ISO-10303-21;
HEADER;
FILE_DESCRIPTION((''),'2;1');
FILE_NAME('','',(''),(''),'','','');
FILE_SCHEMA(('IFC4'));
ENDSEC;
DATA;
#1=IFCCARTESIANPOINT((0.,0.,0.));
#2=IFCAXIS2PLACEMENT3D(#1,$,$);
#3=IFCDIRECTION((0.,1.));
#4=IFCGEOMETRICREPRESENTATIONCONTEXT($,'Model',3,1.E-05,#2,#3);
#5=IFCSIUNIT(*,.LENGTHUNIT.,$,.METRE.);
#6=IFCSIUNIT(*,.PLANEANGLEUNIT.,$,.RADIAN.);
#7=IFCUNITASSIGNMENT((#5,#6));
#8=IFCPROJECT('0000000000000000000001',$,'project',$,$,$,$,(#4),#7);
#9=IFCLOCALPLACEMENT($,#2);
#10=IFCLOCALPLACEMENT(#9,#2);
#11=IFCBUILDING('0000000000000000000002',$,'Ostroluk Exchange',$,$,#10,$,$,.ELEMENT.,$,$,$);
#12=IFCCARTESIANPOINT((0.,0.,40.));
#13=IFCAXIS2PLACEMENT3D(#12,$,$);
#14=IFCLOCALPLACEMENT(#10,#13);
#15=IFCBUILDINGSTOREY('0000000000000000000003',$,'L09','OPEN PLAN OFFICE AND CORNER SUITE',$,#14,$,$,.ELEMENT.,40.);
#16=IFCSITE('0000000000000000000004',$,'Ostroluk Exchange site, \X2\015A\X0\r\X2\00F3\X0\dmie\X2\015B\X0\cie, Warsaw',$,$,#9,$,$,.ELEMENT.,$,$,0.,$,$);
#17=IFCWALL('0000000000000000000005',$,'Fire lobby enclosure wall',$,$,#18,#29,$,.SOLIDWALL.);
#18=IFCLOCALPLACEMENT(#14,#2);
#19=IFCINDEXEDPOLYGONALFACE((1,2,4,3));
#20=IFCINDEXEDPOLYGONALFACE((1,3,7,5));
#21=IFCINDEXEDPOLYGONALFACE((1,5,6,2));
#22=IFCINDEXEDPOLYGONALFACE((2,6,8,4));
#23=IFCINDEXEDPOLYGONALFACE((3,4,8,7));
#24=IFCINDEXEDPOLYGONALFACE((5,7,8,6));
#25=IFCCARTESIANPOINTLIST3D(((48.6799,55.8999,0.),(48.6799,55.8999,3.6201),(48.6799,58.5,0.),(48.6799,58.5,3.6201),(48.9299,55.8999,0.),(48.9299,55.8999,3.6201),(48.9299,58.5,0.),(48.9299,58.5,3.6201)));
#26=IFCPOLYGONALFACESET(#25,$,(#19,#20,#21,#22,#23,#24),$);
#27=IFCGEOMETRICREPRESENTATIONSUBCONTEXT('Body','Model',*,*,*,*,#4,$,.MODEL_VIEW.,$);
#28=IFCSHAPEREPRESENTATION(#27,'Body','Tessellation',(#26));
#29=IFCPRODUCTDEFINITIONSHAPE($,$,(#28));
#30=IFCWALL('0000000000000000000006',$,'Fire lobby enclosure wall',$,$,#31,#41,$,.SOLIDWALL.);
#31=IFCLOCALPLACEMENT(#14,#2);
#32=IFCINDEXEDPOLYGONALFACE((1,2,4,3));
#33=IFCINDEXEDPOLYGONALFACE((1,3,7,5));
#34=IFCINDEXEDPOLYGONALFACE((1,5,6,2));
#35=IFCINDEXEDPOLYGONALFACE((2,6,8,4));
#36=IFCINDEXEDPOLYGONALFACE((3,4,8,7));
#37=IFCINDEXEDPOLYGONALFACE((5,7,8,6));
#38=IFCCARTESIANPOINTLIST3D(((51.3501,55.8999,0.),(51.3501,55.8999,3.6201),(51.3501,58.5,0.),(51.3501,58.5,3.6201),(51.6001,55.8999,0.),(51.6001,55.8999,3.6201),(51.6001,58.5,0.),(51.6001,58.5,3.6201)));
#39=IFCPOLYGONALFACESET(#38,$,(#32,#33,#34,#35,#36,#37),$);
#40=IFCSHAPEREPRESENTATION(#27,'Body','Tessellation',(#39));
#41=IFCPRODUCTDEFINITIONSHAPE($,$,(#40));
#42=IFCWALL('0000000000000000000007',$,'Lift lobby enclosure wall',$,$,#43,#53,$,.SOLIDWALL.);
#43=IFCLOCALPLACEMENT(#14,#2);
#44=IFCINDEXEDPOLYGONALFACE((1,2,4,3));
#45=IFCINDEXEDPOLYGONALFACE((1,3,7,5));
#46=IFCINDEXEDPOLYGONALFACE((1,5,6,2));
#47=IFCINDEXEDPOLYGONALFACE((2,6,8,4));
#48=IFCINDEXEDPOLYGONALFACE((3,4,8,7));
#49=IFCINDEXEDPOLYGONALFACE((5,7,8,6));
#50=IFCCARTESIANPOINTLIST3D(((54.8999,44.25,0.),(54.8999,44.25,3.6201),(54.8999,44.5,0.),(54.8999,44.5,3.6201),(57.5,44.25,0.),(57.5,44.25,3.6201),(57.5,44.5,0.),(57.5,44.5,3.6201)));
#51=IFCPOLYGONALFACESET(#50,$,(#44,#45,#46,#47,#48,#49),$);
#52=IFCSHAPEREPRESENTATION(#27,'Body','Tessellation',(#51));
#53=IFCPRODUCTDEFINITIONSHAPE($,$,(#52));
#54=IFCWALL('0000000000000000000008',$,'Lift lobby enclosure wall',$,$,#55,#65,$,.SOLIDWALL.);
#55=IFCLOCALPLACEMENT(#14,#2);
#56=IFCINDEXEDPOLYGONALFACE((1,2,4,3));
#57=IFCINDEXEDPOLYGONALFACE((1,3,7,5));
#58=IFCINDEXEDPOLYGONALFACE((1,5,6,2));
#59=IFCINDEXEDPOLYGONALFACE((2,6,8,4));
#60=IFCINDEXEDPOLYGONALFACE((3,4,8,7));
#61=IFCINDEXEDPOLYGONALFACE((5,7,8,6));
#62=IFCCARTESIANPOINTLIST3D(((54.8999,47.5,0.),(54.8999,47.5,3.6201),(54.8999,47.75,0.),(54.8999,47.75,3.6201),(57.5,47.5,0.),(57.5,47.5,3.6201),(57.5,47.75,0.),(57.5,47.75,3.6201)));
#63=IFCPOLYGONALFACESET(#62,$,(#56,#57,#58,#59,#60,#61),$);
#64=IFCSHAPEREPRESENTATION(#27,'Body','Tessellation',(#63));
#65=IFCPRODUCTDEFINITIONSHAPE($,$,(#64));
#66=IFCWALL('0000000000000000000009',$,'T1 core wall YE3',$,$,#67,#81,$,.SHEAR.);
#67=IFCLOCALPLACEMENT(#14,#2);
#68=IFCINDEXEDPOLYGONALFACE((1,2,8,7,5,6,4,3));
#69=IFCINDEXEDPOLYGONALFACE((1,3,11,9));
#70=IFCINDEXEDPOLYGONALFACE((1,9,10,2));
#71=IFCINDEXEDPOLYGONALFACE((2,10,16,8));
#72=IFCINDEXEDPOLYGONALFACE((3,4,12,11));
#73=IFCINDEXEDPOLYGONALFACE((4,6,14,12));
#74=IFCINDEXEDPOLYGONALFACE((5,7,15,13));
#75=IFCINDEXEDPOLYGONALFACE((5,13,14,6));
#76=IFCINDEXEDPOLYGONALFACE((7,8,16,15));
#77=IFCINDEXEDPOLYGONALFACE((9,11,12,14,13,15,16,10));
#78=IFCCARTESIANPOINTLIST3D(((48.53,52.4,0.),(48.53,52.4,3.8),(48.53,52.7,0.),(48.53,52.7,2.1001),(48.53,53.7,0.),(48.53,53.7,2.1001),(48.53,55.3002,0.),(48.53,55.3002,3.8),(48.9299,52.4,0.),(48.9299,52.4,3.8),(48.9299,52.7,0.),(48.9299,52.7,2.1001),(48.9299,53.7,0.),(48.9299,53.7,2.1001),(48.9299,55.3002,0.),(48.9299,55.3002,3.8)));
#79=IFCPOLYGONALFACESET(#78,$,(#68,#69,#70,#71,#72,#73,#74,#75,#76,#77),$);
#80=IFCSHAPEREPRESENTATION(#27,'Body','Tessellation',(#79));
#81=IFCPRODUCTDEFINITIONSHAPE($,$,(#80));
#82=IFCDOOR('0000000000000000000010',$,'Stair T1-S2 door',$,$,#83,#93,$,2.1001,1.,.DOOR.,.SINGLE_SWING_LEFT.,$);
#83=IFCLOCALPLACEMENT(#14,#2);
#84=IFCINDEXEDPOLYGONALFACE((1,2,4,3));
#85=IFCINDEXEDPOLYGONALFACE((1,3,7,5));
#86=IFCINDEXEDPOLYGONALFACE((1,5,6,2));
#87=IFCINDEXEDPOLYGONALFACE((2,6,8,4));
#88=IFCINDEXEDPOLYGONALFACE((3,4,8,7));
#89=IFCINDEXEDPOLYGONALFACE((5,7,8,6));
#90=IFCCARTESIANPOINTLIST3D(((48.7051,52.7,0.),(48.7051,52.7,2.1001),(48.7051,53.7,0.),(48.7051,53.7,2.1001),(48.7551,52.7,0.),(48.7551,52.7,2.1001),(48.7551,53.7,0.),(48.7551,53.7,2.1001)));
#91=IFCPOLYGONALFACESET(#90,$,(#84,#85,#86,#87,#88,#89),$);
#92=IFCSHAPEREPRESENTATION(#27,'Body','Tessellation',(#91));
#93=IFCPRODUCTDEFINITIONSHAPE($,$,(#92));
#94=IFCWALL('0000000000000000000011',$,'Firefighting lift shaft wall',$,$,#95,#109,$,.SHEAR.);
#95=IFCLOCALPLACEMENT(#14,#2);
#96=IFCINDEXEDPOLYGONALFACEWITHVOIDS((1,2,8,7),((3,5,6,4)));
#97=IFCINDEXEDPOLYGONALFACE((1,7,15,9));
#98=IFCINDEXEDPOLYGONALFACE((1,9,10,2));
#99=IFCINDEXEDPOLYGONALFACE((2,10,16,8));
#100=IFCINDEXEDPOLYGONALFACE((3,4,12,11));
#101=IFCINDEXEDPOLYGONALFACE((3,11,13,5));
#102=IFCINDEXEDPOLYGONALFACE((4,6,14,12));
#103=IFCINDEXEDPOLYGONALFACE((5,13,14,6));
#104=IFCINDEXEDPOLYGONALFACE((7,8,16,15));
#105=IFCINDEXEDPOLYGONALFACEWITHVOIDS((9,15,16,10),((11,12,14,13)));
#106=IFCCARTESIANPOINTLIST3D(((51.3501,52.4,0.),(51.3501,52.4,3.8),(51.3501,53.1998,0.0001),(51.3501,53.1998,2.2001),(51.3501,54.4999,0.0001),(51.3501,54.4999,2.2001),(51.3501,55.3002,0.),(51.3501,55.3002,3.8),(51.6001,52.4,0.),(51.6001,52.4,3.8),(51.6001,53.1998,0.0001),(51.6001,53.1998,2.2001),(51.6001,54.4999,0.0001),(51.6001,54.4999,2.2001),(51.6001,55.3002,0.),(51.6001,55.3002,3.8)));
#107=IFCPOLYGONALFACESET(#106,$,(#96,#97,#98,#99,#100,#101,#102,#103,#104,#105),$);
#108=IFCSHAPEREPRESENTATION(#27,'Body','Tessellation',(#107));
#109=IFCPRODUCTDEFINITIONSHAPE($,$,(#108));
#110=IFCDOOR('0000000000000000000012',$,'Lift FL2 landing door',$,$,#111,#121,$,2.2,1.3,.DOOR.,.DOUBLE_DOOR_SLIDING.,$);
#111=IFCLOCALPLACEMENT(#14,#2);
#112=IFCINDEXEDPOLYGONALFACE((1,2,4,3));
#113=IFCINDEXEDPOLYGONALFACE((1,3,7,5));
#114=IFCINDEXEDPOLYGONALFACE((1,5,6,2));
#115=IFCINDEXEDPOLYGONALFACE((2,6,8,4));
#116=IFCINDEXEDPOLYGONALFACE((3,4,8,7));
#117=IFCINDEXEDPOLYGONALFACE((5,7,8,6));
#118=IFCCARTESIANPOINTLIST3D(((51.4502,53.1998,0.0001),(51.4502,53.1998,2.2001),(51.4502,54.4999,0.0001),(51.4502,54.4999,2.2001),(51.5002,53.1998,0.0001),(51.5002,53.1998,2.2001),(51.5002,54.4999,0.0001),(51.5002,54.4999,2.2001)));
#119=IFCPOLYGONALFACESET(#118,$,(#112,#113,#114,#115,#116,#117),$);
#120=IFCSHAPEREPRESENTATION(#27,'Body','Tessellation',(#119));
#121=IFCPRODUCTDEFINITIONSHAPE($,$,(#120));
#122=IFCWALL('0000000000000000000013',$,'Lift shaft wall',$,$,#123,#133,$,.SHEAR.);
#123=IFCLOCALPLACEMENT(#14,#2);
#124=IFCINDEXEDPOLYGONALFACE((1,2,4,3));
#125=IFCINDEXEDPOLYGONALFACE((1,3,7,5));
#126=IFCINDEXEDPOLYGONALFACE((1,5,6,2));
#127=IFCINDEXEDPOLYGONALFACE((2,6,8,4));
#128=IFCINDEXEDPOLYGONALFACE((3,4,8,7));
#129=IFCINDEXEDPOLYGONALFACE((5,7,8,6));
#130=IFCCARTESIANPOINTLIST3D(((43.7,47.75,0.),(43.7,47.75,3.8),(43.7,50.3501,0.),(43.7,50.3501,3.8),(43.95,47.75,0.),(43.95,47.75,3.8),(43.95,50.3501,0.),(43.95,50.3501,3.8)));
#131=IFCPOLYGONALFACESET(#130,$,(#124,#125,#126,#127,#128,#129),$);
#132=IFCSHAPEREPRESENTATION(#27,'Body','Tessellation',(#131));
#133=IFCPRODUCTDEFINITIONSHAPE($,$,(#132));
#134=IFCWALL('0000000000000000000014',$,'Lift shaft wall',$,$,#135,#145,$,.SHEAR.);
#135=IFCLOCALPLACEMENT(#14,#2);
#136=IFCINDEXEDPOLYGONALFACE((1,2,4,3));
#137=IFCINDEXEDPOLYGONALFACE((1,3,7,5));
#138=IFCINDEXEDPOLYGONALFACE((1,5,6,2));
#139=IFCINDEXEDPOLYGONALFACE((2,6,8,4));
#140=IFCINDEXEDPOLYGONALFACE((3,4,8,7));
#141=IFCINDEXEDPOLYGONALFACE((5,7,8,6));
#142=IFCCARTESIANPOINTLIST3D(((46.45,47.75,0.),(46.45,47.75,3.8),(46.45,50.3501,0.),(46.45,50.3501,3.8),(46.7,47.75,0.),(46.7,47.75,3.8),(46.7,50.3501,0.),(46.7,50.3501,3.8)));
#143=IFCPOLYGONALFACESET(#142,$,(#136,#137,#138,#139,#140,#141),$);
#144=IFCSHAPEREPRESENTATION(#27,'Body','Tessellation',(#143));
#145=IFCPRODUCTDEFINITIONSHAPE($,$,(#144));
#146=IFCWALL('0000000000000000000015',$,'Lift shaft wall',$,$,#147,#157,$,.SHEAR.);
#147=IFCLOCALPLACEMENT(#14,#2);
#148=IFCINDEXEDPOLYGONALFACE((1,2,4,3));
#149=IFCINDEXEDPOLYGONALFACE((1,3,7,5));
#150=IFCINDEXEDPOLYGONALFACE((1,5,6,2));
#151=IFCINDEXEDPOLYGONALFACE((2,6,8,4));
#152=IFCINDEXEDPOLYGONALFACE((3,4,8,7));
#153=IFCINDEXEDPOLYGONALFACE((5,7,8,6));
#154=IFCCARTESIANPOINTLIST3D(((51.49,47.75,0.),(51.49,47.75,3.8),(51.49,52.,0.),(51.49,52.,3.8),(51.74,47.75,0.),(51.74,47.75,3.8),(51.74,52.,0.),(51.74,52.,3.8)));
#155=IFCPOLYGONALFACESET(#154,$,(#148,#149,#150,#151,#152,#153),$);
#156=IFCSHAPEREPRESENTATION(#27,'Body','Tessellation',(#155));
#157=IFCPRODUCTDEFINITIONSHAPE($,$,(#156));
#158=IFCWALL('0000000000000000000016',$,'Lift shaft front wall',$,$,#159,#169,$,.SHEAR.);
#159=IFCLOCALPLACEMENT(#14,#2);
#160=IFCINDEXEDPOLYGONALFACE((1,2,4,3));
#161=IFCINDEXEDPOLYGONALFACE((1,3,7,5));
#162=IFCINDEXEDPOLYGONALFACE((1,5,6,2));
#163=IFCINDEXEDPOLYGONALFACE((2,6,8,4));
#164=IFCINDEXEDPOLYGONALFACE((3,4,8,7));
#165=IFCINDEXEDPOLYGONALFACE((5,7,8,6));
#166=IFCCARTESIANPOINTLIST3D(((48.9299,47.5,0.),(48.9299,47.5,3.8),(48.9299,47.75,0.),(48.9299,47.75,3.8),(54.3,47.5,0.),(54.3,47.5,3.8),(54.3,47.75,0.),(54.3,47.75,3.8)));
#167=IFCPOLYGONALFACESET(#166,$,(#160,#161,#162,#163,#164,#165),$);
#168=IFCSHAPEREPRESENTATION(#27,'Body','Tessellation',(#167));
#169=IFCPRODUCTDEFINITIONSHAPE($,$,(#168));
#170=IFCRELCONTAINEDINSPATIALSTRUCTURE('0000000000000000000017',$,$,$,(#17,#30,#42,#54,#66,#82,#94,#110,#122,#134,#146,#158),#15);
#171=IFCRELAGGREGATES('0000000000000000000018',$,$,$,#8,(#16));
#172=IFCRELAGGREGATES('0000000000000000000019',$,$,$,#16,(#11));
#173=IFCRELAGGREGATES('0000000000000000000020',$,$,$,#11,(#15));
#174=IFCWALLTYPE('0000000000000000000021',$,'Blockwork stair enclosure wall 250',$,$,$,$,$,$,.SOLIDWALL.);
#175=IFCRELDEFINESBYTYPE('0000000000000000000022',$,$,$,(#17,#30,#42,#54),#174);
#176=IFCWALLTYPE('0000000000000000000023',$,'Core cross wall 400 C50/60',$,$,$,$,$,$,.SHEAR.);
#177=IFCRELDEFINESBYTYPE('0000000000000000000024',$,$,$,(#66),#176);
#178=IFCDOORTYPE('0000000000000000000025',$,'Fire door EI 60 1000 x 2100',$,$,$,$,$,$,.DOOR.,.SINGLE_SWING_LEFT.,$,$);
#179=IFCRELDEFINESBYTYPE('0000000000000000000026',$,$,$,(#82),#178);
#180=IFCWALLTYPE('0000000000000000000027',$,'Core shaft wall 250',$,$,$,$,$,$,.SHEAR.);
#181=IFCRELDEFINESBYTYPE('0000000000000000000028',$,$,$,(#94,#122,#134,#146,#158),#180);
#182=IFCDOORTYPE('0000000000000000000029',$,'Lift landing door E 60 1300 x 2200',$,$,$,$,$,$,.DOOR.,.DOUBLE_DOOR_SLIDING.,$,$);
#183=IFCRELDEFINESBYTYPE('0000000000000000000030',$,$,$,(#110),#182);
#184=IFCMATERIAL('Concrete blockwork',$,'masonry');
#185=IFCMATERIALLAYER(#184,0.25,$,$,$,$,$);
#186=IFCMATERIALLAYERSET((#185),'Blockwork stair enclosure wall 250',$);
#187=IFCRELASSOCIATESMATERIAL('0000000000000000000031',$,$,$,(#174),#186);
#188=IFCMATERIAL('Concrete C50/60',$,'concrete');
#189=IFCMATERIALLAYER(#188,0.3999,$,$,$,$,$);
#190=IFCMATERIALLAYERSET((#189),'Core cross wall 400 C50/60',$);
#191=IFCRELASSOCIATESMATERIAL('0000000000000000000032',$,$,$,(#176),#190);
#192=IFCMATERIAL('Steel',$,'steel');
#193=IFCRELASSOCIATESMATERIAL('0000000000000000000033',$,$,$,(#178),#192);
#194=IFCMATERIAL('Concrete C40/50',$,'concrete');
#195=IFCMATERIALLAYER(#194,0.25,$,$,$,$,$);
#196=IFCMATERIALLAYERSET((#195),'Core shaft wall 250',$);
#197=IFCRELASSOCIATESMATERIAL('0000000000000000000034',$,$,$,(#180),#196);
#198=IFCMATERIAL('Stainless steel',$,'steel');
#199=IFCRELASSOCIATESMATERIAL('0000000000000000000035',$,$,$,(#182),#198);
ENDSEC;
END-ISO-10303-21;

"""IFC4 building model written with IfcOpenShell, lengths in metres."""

from ifc_helpers import new_model, si_unit, direction, frame, frame_2d, origin, place, context, subcontext, project, spatial, rectangle, extrude, material, layer, layer_set, type_object, element, fill, save


model = new_model("IFC4")

# Units and contexts
model_context = context("Model", 3, precision=1e-05, world=origin(), true_north=direction((0.0, 1.0)))
body_context = subcontext(model_context, "Body", "Model", "MODEL_VIEW")
ifc_project = project(units=[si_unit("LENGTHUNIT", "METRE"), si_unit("PLANEANGLEUNIT", "RADIAN")], contexts=[model_context])

# Site, building, storey
site_placement = place(None, origin())
site = spatial("IfcSite", under=ifc_project, at=site_placement, Name="Ostroluk Exchange site, Śródmieście, Warsaw", CompositionType="ELEMENT", RefElevation=0.0)
building_placement = place(site_placement, origin())
building = spatial("IfcBuilding", under=site, at=building_placement, Name="Ostroluk Exchange", CompositionType="ELEMENT")
storey_placement = place(building_placement, frame((0.0, 0.0, 40.0)))
storey = spatial("IfcBuildingStorey", under=building, at=storey_placement, Name="L09", Description="OPEN PLAN OFFICE AND CORNER SUITE", CompositionType="ELEMENT", Elevation=40.0)

# Walls
ifc_material_1 = material(Name="Concrete blockwork", Category="masonry")
ifc_layer_1 = layer(ifc_material_1, 0.25)
ifc_layer_set_1 = layer_set([ifc_layer_1], Name="Blockwork stair enclosure wall 250")
wall_type_1 = type_object("IfcWallType", Name="Blockwork stair enclosure wall 250", PredefinedType="SOLIDWALL", material=ifc_layer_set_1)
for number, where, z_axis, x_axis, name in (
    (1, (48.8049, 55.8999, 0.0), (0.0, 0.0, 1.0), (0.0, 1.0, 0.0), "Fire lobby enclosure wall"),
    (2, (51.4751, 55.8999, 0.0), (0.0, 0.0, 1.0), (0.0, 1.0, 0.0), "Fire lobby enclosure wall"),
    (3, (54.8999, 44.375, 0.0), (0.0, 0.0, 1.0), (1.0, 0.0, 0.0), "Lift lobby enclosure wall"),
    (4, (54.8999, 47.625, 0.0), (0.0, 0.0, 1.0), (1.0, 0.0, 0.0), "Lift lobby enclosure wall"),
):
    element("IfcWall", number, at=place(storey_placement, frame(where, z_axis=z_axis, x_axis=x_axis)), inside=storey, type_object=wall_type_1, Name=name, PredefinedType="SOLIDWALL", context=body_context, shape_type="SweptSolid", body=[
        extrude(rectangle(XDim=2.6001, YDim=0.25, at=frame_2d((1.3, 0.0))), origin(), (0.0, 0.0, 1.0), 3.6201),
    ])

# Walls, openings, doors
ifc_material_2 = material(Name="Concrete C50/60", Category="concrete")
ifc_layer_2 = layer(ifc_material_2, 0.3999)
ifc_layer_set_2 = layer_set([ifc_layer_2], Name="Core cross wall 400 C50/60")
wall_type_2 = type_object("IfcWallType", Name="Core cross wall 400 C50/60", PredefinedType="SHEAR", material=ifc_layer_set_2)
wall_1_placement = place(storey_placement, frame((48.73, 52.3999, 0.0), z_axis=(0.0, 0.0, 1.0), x_axis=(0.0, 1.0, 0.0)))
wall_1 = element("IfcWall", 5, at=wall_1_placement, inside=storey, type_object=wall_type_2, Name="T1 core wall YE3", PredefinedType="SHEAR", context=body_context, shape_type="SweptSolid", body=[
    extrude(rectangle(XDim=2.9001, YDim=0.3999, at=frame_2d((1.4502, 0.0))), origin(), (0.0, 0.0, 1.0), 3.8),
])
opening_1_placement = place(wall_1_placement, frame((0.3, 0.0, 0.0)))
opening_1 = element("IfcOpeningElement", 6, at=opening_1_placement, cuts=wall_1, PredefinedType="OPENING", context=body_context, shape_type="SweptSolid", body=[
    extrude(rectangle(XDim=1.0, YDim=2.1001, at=frame_2d((0.5, 1.05))), frame((0.0, 0.21, 0.0), z_axis=(0.0, -1.0, 0.0), x_axis=(1.0, 0.0, 0.0)), (0.0, 0.0, 1.0), 0.4199),
])
ifc_material_3 = material(Name="Steel", Category="steel")
door_type_1 = type_object("IfcDoorType", Name="Fire door EI 60 1000 x 2100", OperationType="SINGLE_SWING_LEFT", PredefinedType="DOOR", material=ifc_material_3)
door_1_placement = place(opening_1_placement, origin())
door_1 = element("IfcDoor", 7, at=door_1_placement, inside=storey, type_object=door_type_1, Name="Stair T1-S2 door", OperationType="SINGLE_SWING_LEFT", OverallHeight=2.1001, OverallWidth=1.0, PredefinedType="DOOR", context=body_context, shape_type="SweptSolid", body=[
    extrude(rectangle(XDim=1.0, YDim=2.1001, at=frame_2d((0.5, 1.05))), frame((0.0, 0.0249, 0.0), z_axis=(0.0, -1.0, 0.0), x_axis=(1.0, 0.0, 0.0)), (0.0, 0.0, 1.0), 0.05),
])
fill(opening_1, door_1)
ifc_material_4 = material(Name="Concrete C40/50", Category="concrete")
ifc_layer_3 = layer(ifc_material_4, 0.25)
ifc_layer_set_3 = layer_set([ifc_layer_3], Name="Core shaft wall 250")
wall_type_3 = type_object("IfcWallType", Name="Core shaft wall 250", PredefinedType="SHEAR", material=ifc_layer_set_3)
wall_2_placement = place(storey_placement, frame((51.4751, 52.3999, 0.0), z_axis=(0.0, 0.0, 1.0), x_axis=(0.0, 1.0, 0.0)))
wall_2 = element("IfcWall", 8, at=wall_2_placement, inside=storey, type_object=wall_type_3, Name="Firefighting lift shaft wall", PredefinedType="SHEAR", context=body_context, shape_type="SweptSolid", body=[
    extrude(rectangle(XDim=2.9001, YDim=0.25, at=frame_2d((1.4502, 0.0))), origin(), (0.0, 0.0, 1.0), 3.8),
])
opening_2_placement = place(wall_2_placement, frame((0.8, 0.0, 0.0)))
opening_2 = element("IfcOpeningElement", 9, at=opening_2_placement, cuts=wall_2, PredefinedType="OPENING", context=body_context, shape_type="SweptSolid", body=[
    extrude(rectangle(XDim=1.3, YDim=2.2, at=frame_2d((0.6499, 1.1001))), frame((0.0, 0.135, 0.0), z_axis=(0.0, -1.0, 0.0), x_axis=(1.0, 0.0, 0.0)), (0.0, 0.0, 1.0), 0.27),
])
ifc_material_5 = material(Name="Stainless steel", Category="steel")
door_type_2 = type_object("IfcDoorType", Name="Lift landing door E 60 1300 x 2200", OperationType="DOUBLE_DOOR_SLIDING", PredefinedType="DOOR", material=ifc_material_5)
door_2_placement = place(opening_2_placement, origin())
door_2 = element("IfcDoor", 10, at=door_2_placement, inside=storey, type_object=door_type_2, Name="Lift FL2 landing door", OperationType="DOUBLE_DOOR_SLIDING", OverallHeight=2.2, OverallWidth=1.3, PredefinedType="DOOR", context=body_context, shape_type="SweptSolid", body=[
    extrude(rectangle(XDim=1.3, YDim=2.2, at=frame_2d((0.6499, 1.1001))), frame((0.0, 0.0249, 0.0), z_axis=(0.0, -1.0, 0.0), x_axis=(1.0, 0.0, 0.0)), (0.0, 0.0, 1.0), 0.05),
])
fill(opening_2, door_2)

# Walls
for number, where, z_axis, x_axis, name in (
    (11, (43.825, 47.75, 0.0), (0.0, 0.0, 1.0), (0.0, 1.0, 0.0), "Lift shaft wall"),
    (12, (46.575, 47.75, 0.0), (0.0, 0.0, 1.0), (0.0, 1.0, 0.0), "Lift shaft wall"),
):
    element("IfcWall", number, at=place(storey_placement, frame(where, z_axis=z_axis, x_axis=x_axis)), inside=storey, type_object=wall_type_3, Name=name, PredefinedType="SHEAR", context=body_context, shape_type="SweptSolid", body=[
        extrude(rectangle(XDim=2.6001, YDim=0.25, at=frame_2d((1.3, 0.0))), origin(), (0.0, 0.0, 1.0), 3.8),
    ])
wall_3_placement = place(storey_placement, frame((51.615, 47.75, 0.0), z_axis=(0.0, 0.0, 1.0), x_axis=(0.0, 1.0, 0.0)))
element("IfcWall", 13, at=wall_3_placement, inside=storey, type_object=wall_type_3, Name="Lift shaft wall", PredefinedType="SHEAR", context=body_context, shape_type="SweptSolid", body=[
    extrude(rectangle(XDim=4.25, YDim=0.25, at=frame_2d((2.125, 0.0))), origin(), (0.0, 0.0, 1.0), 3.8),
])
wall_4_placement = place(storey_placement, frame((48.9299, 47.625, 0.0), z_axis=(0.0, 0.0, 1.0), x_axis=(1.0, 0.0, 0.0)))
element("IfcWall", 14, at=wall_4_placement, inside=storey, type_object=wall_type_3, Name="Lift shaft front wall", PredefinedType="SHEAR", context=body_context, shape_type="SweptSolid", body=[
    extrude(rectangle(XDim=5.3701, YDim=0.25, at=frame_2d((2.6851, 0.0))), origin(), (0.0, 0.0, 1.0), 3.8),
])

save(model, "model.ifc")
